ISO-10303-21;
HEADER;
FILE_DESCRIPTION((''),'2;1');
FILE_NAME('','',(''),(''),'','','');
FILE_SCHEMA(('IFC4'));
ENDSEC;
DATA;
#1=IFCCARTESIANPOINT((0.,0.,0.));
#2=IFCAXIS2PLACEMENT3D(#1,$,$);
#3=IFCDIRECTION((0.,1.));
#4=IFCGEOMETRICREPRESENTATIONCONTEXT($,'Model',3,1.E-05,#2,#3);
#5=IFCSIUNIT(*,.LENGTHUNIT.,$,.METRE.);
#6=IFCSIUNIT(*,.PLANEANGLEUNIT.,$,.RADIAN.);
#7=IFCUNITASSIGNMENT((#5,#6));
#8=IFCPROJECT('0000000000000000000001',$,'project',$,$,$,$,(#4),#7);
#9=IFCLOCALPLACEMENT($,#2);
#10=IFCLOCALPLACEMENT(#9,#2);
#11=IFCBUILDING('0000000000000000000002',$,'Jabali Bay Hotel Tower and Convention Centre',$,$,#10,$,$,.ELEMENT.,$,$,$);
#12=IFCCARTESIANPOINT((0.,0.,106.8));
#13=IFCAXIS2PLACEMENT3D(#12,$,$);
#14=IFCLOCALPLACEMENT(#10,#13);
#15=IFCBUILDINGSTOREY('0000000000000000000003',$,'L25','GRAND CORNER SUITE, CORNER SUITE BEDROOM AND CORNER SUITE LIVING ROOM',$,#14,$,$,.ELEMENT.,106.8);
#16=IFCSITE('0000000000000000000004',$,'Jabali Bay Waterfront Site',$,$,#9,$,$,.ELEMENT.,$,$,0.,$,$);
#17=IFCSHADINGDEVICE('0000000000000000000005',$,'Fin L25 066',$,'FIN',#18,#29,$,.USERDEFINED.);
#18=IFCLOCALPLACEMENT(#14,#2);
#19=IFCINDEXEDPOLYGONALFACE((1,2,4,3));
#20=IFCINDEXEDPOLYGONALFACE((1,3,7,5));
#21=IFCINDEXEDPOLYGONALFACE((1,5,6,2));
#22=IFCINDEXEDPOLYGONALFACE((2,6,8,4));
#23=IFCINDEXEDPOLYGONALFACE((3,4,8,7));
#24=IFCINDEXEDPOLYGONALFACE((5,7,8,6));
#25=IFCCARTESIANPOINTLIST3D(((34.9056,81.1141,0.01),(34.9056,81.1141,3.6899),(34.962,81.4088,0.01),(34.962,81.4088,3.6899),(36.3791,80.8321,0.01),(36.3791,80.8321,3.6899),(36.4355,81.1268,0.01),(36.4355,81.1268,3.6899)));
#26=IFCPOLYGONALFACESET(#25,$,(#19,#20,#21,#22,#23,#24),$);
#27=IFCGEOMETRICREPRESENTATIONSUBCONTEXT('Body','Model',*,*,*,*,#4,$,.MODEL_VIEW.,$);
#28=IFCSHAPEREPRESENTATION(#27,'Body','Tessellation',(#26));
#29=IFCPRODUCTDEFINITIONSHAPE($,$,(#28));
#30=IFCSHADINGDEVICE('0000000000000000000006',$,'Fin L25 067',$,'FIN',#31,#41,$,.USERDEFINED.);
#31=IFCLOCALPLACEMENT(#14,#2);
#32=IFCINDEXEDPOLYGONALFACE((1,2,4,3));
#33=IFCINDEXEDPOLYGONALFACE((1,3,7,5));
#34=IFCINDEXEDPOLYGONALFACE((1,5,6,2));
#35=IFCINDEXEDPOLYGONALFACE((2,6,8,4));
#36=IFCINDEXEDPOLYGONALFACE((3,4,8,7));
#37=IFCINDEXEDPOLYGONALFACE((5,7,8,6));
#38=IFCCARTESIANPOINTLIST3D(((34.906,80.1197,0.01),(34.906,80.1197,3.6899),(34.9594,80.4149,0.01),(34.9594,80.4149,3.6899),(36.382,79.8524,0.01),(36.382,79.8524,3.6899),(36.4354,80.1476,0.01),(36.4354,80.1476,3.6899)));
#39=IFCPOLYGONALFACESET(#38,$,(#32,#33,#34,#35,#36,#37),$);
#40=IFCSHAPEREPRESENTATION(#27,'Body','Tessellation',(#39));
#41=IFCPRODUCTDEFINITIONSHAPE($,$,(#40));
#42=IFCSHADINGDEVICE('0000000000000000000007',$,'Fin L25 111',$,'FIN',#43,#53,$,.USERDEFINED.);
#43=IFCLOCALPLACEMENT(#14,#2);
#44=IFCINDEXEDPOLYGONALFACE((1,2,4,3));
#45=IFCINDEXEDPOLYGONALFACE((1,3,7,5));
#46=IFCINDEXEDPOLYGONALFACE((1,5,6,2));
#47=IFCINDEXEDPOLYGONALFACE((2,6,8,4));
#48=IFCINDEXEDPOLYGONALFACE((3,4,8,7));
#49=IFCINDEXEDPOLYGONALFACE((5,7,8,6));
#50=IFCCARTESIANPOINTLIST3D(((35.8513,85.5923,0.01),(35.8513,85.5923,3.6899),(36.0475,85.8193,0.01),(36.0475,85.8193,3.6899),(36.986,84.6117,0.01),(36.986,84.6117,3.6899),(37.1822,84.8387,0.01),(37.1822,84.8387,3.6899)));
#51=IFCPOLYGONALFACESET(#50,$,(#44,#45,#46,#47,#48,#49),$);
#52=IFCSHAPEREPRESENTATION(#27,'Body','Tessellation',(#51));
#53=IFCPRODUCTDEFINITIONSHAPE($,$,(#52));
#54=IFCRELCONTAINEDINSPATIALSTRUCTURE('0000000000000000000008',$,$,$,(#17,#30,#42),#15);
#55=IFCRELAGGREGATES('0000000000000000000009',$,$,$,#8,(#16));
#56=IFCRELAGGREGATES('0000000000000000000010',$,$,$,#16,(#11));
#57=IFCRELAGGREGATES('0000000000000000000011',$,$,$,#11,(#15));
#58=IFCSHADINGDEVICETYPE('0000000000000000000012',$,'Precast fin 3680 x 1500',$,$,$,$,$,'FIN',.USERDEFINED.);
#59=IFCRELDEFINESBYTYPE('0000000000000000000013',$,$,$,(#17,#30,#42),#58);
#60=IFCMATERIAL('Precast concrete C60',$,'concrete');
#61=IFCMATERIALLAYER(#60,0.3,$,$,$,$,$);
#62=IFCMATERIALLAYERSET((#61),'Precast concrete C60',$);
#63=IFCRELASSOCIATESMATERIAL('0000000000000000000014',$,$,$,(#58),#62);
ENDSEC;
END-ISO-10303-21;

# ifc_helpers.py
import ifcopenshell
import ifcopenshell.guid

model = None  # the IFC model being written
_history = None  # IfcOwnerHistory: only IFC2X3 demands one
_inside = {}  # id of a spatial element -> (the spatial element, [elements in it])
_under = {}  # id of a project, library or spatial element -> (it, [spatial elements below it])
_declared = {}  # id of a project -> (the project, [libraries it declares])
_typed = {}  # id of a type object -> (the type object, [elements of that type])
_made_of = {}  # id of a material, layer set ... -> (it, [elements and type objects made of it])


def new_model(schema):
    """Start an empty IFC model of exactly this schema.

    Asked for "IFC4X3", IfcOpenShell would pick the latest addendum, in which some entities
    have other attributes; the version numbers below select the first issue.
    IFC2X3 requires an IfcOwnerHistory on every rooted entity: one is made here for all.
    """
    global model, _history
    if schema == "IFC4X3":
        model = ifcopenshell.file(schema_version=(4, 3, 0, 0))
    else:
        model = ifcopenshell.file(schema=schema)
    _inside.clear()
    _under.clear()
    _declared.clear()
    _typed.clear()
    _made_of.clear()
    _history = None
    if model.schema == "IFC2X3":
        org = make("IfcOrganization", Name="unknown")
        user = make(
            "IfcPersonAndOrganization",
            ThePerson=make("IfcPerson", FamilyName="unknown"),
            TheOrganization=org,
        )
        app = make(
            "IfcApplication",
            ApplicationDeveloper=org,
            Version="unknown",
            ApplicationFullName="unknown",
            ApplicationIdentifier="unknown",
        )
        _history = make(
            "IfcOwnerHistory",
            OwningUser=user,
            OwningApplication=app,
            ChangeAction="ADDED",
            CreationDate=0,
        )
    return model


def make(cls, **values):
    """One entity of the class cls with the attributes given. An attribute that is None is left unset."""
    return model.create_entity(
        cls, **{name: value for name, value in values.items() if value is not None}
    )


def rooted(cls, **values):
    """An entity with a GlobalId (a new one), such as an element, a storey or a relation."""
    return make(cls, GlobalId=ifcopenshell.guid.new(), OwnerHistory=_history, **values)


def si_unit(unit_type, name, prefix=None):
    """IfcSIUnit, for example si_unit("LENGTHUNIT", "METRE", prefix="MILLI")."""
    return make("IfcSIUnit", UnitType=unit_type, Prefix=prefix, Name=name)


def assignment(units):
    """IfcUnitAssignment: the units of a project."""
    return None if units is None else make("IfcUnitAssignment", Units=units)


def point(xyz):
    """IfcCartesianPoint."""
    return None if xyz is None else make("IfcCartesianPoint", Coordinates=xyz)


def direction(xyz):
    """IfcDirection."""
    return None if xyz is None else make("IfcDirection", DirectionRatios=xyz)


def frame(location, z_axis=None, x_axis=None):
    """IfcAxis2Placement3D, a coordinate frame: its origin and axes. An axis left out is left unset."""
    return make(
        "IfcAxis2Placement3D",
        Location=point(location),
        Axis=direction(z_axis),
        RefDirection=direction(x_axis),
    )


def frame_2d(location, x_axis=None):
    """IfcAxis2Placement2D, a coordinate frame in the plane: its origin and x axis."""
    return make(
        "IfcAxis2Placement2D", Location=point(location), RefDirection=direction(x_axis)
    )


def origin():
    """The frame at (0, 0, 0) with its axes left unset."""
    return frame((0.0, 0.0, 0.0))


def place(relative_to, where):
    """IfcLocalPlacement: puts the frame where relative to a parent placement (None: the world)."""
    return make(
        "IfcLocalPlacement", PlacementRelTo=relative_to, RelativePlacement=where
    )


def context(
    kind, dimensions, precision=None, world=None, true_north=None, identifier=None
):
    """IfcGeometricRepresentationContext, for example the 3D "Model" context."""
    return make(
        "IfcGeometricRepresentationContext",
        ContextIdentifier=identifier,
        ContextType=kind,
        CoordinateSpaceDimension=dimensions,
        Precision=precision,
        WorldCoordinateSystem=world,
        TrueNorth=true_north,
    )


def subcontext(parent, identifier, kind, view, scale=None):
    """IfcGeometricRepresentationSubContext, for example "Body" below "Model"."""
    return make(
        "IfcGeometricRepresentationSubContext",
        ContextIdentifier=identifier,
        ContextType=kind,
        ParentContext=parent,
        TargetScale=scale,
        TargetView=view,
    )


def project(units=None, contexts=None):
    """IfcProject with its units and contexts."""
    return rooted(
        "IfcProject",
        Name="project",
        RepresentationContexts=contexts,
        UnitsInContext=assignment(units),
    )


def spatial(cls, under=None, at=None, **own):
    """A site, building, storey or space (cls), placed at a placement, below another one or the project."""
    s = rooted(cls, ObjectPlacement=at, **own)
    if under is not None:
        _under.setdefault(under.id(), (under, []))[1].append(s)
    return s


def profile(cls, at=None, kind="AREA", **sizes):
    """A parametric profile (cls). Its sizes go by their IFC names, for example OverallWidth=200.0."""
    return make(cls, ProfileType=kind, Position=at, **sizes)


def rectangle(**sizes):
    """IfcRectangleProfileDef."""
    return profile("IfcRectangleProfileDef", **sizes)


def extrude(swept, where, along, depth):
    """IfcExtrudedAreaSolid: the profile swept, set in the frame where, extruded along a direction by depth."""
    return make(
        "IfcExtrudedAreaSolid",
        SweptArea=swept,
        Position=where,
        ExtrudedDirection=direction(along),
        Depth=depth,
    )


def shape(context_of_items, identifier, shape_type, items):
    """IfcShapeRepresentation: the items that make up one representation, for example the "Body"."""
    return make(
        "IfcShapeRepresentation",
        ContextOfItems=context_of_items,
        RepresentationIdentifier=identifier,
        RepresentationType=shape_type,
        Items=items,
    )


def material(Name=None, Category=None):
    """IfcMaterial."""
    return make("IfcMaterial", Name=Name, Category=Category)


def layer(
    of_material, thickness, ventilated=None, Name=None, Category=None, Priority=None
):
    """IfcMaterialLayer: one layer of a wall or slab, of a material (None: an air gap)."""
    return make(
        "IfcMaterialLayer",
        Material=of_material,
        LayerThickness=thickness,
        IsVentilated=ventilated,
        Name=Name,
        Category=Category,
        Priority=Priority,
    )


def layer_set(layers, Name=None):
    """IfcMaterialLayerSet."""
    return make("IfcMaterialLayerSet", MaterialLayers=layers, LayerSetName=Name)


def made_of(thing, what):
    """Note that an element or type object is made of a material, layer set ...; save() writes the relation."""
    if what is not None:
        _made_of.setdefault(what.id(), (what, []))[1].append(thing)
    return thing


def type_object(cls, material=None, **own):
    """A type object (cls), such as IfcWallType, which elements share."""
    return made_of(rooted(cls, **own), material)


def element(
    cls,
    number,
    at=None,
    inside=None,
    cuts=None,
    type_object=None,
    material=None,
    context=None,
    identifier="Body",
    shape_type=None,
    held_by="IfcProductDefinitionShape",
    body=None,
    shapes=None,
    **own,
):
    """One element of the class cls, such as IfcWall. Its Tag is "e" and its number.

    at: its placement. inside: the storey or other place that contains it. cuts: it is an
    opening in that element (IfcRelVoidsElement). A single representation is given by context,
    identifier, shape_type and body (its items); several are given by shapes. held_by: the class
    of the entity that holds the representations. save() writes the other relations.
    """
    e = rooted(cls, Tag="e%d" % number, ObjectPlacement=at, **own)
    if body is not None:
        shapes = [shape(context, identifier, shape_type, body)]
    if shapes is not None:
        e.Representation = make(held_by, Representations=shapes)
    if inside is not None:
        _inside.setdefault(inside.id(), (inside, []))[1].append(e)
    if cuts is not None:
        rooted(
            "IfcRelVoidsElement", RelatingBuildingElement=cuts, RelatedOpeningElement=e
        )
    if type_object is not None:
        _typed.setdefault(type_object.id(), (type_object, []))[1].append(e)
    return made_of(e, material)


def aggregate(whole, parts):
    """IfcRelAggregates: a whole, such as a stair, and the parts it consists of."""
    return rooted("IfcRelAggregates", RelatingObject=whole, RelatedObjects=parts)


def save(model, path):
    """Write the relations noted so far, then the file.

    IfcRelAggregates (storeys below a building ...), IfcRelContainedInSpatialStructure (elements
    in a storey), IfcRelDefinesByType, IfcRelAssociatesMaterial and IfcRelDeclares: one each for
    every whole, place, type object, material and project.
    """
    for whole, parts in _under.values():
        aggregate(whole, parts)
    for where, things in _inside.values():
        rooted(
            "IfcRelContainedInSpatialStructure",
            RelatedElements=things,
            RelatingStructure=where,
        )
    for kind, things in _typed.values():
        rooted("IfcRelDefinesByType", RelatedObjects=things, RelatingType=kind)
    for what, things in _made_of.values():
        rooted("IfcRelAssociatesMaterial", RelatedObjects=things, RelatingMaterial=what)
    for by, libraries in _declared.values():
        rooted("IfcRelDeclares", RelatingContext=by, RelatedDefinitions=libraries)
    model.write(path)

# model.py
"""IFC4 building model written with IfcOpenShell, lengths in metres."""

from ifc_helpers import new_model, si_unit, direction, frame, frame_2d, origin, place, context, subcontext, project, spatial, rectangle, extrude, material, layer, layer_set, type_object, element, save


model = new_model("IFC4")

# Units and contexts
model_context = context("Model", 3, precision=1e-05, world=origin(), true_north=direction((0.0, 1.0)))
body_context = subcontext(model_context, "Body", "Model", "MODEL_VIEW")
ifc_project = project(units=[si_unit("LENGTHUNIT", "METRE"), si_unit("PLANEANGLEUNIT", "RADIAN")], contexts=[model_context])

# Site, building, storey
site_placement = place(None, origin())
site = spatial("IfcSite", under=ifc_project, at=site_placement, Name="Jabali Bay Waterfront Site", CompositionType="ELEMENT", RefElevation=0.0)
building_placement = place(site_placement, origin())
building = spatial("IfcBuilding", under=site, at=building_placement, Name="Jabali Bay Hotel Tower and Convention Centre", CompositionType="ELEMENT")
storey_placement = place(building_placement, frame((0.0, 0.0, 106.8)))
storey = spatial("IfcBuildingStorey", under=building, at=storey_placement, Name="L25", Description="GRAND CORNER SUITE, CORNER SUITE BEDROOM AND CORNER SUITE LIVING ROOM", CompositionType="ELEMENT", Elevation=106.8)

# Shading devices
ifc_material_1 = material(Name="Precast concrete C60", Category="concrete")
ifc_layer_1 = layer(ifc_material_1, 0.3)
ifc_layer_set_1 = layer_set([ifc_layer_1], Name="Precast concrete C60")
shading_device_type = type_object("IfcShadingDeviceType", Name="Precast fin 3680 x 1500", ElementType="FIN", PredefinedType="USERDEFINED", material=ifc_layer_set_1)
shading_device_1_placement = place(storey_placement, frame((36.4072, 80.9795, 0.01), z_axis=(0.0, 0.0, 1.0), x_axis=(-0.982174, 0.187972, 0.0)))
element("IfcShadingDevice", 1, at=shading_device_1_placement, inside=storey, type_object=shading_device_type, Name="Fin L25 066", ObjectType="FIN", PredefinedType="USERDEFINED", context=body_context, shape_type="SweptSolid", body=[
    extrude(rectangle(XDim=1.5002, YDim=0.3, at=frame_2d((0.75, 0.0))), origin(), (0.0, 0.0, 1.0), 3.6799),
])
shading_device_2_placement = place(storey_placement, frame((36.4087, 80.0, 0.01), z_axis=(0.0, 0.0, 1.0), x_axis=(-0.983992, 0.178212, 0.0)))
element("IfcShadingDevice", 2, at=shading_device_2_placement, inside=storey, type_object=shading_device_type, Name="Fin L25 067", ObjectType="FIN", PredefinedType="USERDEFINED", context=body_context, shape_type="SweptSolid", body=[
    extrude(rectangle(XDim=1.5, YDim=0.3, at=frame_2d((0.75, 0.0))), origin(), (0.0, 0.0, 1.0), 3.6799),
])
shading_device_3_placement = place(storey_placement, frame((37.0842, 84.7251, 0.01), z_axis=(0.0, 0.0, 1.0), x_axis=(-0.756596, 0.653883, 0.0)))
element("IfcShadingDevice", 3, at=shading_device_3_placement, inside=storey, type_object=shading_device_type, Name="Fin L25 111", ObjectType="FIN", PredefinedType="USERDEFINED", context=body_context, shape_type="SweptSolid", body=[
    extrude(rectangle(XDim=1.4998, YDim=0.3, at=frame_2d((0.75, 0.0))), origin(), (0.0, 0.0, 1.0), 3.6799),
])

save(model, "model.ifc")
